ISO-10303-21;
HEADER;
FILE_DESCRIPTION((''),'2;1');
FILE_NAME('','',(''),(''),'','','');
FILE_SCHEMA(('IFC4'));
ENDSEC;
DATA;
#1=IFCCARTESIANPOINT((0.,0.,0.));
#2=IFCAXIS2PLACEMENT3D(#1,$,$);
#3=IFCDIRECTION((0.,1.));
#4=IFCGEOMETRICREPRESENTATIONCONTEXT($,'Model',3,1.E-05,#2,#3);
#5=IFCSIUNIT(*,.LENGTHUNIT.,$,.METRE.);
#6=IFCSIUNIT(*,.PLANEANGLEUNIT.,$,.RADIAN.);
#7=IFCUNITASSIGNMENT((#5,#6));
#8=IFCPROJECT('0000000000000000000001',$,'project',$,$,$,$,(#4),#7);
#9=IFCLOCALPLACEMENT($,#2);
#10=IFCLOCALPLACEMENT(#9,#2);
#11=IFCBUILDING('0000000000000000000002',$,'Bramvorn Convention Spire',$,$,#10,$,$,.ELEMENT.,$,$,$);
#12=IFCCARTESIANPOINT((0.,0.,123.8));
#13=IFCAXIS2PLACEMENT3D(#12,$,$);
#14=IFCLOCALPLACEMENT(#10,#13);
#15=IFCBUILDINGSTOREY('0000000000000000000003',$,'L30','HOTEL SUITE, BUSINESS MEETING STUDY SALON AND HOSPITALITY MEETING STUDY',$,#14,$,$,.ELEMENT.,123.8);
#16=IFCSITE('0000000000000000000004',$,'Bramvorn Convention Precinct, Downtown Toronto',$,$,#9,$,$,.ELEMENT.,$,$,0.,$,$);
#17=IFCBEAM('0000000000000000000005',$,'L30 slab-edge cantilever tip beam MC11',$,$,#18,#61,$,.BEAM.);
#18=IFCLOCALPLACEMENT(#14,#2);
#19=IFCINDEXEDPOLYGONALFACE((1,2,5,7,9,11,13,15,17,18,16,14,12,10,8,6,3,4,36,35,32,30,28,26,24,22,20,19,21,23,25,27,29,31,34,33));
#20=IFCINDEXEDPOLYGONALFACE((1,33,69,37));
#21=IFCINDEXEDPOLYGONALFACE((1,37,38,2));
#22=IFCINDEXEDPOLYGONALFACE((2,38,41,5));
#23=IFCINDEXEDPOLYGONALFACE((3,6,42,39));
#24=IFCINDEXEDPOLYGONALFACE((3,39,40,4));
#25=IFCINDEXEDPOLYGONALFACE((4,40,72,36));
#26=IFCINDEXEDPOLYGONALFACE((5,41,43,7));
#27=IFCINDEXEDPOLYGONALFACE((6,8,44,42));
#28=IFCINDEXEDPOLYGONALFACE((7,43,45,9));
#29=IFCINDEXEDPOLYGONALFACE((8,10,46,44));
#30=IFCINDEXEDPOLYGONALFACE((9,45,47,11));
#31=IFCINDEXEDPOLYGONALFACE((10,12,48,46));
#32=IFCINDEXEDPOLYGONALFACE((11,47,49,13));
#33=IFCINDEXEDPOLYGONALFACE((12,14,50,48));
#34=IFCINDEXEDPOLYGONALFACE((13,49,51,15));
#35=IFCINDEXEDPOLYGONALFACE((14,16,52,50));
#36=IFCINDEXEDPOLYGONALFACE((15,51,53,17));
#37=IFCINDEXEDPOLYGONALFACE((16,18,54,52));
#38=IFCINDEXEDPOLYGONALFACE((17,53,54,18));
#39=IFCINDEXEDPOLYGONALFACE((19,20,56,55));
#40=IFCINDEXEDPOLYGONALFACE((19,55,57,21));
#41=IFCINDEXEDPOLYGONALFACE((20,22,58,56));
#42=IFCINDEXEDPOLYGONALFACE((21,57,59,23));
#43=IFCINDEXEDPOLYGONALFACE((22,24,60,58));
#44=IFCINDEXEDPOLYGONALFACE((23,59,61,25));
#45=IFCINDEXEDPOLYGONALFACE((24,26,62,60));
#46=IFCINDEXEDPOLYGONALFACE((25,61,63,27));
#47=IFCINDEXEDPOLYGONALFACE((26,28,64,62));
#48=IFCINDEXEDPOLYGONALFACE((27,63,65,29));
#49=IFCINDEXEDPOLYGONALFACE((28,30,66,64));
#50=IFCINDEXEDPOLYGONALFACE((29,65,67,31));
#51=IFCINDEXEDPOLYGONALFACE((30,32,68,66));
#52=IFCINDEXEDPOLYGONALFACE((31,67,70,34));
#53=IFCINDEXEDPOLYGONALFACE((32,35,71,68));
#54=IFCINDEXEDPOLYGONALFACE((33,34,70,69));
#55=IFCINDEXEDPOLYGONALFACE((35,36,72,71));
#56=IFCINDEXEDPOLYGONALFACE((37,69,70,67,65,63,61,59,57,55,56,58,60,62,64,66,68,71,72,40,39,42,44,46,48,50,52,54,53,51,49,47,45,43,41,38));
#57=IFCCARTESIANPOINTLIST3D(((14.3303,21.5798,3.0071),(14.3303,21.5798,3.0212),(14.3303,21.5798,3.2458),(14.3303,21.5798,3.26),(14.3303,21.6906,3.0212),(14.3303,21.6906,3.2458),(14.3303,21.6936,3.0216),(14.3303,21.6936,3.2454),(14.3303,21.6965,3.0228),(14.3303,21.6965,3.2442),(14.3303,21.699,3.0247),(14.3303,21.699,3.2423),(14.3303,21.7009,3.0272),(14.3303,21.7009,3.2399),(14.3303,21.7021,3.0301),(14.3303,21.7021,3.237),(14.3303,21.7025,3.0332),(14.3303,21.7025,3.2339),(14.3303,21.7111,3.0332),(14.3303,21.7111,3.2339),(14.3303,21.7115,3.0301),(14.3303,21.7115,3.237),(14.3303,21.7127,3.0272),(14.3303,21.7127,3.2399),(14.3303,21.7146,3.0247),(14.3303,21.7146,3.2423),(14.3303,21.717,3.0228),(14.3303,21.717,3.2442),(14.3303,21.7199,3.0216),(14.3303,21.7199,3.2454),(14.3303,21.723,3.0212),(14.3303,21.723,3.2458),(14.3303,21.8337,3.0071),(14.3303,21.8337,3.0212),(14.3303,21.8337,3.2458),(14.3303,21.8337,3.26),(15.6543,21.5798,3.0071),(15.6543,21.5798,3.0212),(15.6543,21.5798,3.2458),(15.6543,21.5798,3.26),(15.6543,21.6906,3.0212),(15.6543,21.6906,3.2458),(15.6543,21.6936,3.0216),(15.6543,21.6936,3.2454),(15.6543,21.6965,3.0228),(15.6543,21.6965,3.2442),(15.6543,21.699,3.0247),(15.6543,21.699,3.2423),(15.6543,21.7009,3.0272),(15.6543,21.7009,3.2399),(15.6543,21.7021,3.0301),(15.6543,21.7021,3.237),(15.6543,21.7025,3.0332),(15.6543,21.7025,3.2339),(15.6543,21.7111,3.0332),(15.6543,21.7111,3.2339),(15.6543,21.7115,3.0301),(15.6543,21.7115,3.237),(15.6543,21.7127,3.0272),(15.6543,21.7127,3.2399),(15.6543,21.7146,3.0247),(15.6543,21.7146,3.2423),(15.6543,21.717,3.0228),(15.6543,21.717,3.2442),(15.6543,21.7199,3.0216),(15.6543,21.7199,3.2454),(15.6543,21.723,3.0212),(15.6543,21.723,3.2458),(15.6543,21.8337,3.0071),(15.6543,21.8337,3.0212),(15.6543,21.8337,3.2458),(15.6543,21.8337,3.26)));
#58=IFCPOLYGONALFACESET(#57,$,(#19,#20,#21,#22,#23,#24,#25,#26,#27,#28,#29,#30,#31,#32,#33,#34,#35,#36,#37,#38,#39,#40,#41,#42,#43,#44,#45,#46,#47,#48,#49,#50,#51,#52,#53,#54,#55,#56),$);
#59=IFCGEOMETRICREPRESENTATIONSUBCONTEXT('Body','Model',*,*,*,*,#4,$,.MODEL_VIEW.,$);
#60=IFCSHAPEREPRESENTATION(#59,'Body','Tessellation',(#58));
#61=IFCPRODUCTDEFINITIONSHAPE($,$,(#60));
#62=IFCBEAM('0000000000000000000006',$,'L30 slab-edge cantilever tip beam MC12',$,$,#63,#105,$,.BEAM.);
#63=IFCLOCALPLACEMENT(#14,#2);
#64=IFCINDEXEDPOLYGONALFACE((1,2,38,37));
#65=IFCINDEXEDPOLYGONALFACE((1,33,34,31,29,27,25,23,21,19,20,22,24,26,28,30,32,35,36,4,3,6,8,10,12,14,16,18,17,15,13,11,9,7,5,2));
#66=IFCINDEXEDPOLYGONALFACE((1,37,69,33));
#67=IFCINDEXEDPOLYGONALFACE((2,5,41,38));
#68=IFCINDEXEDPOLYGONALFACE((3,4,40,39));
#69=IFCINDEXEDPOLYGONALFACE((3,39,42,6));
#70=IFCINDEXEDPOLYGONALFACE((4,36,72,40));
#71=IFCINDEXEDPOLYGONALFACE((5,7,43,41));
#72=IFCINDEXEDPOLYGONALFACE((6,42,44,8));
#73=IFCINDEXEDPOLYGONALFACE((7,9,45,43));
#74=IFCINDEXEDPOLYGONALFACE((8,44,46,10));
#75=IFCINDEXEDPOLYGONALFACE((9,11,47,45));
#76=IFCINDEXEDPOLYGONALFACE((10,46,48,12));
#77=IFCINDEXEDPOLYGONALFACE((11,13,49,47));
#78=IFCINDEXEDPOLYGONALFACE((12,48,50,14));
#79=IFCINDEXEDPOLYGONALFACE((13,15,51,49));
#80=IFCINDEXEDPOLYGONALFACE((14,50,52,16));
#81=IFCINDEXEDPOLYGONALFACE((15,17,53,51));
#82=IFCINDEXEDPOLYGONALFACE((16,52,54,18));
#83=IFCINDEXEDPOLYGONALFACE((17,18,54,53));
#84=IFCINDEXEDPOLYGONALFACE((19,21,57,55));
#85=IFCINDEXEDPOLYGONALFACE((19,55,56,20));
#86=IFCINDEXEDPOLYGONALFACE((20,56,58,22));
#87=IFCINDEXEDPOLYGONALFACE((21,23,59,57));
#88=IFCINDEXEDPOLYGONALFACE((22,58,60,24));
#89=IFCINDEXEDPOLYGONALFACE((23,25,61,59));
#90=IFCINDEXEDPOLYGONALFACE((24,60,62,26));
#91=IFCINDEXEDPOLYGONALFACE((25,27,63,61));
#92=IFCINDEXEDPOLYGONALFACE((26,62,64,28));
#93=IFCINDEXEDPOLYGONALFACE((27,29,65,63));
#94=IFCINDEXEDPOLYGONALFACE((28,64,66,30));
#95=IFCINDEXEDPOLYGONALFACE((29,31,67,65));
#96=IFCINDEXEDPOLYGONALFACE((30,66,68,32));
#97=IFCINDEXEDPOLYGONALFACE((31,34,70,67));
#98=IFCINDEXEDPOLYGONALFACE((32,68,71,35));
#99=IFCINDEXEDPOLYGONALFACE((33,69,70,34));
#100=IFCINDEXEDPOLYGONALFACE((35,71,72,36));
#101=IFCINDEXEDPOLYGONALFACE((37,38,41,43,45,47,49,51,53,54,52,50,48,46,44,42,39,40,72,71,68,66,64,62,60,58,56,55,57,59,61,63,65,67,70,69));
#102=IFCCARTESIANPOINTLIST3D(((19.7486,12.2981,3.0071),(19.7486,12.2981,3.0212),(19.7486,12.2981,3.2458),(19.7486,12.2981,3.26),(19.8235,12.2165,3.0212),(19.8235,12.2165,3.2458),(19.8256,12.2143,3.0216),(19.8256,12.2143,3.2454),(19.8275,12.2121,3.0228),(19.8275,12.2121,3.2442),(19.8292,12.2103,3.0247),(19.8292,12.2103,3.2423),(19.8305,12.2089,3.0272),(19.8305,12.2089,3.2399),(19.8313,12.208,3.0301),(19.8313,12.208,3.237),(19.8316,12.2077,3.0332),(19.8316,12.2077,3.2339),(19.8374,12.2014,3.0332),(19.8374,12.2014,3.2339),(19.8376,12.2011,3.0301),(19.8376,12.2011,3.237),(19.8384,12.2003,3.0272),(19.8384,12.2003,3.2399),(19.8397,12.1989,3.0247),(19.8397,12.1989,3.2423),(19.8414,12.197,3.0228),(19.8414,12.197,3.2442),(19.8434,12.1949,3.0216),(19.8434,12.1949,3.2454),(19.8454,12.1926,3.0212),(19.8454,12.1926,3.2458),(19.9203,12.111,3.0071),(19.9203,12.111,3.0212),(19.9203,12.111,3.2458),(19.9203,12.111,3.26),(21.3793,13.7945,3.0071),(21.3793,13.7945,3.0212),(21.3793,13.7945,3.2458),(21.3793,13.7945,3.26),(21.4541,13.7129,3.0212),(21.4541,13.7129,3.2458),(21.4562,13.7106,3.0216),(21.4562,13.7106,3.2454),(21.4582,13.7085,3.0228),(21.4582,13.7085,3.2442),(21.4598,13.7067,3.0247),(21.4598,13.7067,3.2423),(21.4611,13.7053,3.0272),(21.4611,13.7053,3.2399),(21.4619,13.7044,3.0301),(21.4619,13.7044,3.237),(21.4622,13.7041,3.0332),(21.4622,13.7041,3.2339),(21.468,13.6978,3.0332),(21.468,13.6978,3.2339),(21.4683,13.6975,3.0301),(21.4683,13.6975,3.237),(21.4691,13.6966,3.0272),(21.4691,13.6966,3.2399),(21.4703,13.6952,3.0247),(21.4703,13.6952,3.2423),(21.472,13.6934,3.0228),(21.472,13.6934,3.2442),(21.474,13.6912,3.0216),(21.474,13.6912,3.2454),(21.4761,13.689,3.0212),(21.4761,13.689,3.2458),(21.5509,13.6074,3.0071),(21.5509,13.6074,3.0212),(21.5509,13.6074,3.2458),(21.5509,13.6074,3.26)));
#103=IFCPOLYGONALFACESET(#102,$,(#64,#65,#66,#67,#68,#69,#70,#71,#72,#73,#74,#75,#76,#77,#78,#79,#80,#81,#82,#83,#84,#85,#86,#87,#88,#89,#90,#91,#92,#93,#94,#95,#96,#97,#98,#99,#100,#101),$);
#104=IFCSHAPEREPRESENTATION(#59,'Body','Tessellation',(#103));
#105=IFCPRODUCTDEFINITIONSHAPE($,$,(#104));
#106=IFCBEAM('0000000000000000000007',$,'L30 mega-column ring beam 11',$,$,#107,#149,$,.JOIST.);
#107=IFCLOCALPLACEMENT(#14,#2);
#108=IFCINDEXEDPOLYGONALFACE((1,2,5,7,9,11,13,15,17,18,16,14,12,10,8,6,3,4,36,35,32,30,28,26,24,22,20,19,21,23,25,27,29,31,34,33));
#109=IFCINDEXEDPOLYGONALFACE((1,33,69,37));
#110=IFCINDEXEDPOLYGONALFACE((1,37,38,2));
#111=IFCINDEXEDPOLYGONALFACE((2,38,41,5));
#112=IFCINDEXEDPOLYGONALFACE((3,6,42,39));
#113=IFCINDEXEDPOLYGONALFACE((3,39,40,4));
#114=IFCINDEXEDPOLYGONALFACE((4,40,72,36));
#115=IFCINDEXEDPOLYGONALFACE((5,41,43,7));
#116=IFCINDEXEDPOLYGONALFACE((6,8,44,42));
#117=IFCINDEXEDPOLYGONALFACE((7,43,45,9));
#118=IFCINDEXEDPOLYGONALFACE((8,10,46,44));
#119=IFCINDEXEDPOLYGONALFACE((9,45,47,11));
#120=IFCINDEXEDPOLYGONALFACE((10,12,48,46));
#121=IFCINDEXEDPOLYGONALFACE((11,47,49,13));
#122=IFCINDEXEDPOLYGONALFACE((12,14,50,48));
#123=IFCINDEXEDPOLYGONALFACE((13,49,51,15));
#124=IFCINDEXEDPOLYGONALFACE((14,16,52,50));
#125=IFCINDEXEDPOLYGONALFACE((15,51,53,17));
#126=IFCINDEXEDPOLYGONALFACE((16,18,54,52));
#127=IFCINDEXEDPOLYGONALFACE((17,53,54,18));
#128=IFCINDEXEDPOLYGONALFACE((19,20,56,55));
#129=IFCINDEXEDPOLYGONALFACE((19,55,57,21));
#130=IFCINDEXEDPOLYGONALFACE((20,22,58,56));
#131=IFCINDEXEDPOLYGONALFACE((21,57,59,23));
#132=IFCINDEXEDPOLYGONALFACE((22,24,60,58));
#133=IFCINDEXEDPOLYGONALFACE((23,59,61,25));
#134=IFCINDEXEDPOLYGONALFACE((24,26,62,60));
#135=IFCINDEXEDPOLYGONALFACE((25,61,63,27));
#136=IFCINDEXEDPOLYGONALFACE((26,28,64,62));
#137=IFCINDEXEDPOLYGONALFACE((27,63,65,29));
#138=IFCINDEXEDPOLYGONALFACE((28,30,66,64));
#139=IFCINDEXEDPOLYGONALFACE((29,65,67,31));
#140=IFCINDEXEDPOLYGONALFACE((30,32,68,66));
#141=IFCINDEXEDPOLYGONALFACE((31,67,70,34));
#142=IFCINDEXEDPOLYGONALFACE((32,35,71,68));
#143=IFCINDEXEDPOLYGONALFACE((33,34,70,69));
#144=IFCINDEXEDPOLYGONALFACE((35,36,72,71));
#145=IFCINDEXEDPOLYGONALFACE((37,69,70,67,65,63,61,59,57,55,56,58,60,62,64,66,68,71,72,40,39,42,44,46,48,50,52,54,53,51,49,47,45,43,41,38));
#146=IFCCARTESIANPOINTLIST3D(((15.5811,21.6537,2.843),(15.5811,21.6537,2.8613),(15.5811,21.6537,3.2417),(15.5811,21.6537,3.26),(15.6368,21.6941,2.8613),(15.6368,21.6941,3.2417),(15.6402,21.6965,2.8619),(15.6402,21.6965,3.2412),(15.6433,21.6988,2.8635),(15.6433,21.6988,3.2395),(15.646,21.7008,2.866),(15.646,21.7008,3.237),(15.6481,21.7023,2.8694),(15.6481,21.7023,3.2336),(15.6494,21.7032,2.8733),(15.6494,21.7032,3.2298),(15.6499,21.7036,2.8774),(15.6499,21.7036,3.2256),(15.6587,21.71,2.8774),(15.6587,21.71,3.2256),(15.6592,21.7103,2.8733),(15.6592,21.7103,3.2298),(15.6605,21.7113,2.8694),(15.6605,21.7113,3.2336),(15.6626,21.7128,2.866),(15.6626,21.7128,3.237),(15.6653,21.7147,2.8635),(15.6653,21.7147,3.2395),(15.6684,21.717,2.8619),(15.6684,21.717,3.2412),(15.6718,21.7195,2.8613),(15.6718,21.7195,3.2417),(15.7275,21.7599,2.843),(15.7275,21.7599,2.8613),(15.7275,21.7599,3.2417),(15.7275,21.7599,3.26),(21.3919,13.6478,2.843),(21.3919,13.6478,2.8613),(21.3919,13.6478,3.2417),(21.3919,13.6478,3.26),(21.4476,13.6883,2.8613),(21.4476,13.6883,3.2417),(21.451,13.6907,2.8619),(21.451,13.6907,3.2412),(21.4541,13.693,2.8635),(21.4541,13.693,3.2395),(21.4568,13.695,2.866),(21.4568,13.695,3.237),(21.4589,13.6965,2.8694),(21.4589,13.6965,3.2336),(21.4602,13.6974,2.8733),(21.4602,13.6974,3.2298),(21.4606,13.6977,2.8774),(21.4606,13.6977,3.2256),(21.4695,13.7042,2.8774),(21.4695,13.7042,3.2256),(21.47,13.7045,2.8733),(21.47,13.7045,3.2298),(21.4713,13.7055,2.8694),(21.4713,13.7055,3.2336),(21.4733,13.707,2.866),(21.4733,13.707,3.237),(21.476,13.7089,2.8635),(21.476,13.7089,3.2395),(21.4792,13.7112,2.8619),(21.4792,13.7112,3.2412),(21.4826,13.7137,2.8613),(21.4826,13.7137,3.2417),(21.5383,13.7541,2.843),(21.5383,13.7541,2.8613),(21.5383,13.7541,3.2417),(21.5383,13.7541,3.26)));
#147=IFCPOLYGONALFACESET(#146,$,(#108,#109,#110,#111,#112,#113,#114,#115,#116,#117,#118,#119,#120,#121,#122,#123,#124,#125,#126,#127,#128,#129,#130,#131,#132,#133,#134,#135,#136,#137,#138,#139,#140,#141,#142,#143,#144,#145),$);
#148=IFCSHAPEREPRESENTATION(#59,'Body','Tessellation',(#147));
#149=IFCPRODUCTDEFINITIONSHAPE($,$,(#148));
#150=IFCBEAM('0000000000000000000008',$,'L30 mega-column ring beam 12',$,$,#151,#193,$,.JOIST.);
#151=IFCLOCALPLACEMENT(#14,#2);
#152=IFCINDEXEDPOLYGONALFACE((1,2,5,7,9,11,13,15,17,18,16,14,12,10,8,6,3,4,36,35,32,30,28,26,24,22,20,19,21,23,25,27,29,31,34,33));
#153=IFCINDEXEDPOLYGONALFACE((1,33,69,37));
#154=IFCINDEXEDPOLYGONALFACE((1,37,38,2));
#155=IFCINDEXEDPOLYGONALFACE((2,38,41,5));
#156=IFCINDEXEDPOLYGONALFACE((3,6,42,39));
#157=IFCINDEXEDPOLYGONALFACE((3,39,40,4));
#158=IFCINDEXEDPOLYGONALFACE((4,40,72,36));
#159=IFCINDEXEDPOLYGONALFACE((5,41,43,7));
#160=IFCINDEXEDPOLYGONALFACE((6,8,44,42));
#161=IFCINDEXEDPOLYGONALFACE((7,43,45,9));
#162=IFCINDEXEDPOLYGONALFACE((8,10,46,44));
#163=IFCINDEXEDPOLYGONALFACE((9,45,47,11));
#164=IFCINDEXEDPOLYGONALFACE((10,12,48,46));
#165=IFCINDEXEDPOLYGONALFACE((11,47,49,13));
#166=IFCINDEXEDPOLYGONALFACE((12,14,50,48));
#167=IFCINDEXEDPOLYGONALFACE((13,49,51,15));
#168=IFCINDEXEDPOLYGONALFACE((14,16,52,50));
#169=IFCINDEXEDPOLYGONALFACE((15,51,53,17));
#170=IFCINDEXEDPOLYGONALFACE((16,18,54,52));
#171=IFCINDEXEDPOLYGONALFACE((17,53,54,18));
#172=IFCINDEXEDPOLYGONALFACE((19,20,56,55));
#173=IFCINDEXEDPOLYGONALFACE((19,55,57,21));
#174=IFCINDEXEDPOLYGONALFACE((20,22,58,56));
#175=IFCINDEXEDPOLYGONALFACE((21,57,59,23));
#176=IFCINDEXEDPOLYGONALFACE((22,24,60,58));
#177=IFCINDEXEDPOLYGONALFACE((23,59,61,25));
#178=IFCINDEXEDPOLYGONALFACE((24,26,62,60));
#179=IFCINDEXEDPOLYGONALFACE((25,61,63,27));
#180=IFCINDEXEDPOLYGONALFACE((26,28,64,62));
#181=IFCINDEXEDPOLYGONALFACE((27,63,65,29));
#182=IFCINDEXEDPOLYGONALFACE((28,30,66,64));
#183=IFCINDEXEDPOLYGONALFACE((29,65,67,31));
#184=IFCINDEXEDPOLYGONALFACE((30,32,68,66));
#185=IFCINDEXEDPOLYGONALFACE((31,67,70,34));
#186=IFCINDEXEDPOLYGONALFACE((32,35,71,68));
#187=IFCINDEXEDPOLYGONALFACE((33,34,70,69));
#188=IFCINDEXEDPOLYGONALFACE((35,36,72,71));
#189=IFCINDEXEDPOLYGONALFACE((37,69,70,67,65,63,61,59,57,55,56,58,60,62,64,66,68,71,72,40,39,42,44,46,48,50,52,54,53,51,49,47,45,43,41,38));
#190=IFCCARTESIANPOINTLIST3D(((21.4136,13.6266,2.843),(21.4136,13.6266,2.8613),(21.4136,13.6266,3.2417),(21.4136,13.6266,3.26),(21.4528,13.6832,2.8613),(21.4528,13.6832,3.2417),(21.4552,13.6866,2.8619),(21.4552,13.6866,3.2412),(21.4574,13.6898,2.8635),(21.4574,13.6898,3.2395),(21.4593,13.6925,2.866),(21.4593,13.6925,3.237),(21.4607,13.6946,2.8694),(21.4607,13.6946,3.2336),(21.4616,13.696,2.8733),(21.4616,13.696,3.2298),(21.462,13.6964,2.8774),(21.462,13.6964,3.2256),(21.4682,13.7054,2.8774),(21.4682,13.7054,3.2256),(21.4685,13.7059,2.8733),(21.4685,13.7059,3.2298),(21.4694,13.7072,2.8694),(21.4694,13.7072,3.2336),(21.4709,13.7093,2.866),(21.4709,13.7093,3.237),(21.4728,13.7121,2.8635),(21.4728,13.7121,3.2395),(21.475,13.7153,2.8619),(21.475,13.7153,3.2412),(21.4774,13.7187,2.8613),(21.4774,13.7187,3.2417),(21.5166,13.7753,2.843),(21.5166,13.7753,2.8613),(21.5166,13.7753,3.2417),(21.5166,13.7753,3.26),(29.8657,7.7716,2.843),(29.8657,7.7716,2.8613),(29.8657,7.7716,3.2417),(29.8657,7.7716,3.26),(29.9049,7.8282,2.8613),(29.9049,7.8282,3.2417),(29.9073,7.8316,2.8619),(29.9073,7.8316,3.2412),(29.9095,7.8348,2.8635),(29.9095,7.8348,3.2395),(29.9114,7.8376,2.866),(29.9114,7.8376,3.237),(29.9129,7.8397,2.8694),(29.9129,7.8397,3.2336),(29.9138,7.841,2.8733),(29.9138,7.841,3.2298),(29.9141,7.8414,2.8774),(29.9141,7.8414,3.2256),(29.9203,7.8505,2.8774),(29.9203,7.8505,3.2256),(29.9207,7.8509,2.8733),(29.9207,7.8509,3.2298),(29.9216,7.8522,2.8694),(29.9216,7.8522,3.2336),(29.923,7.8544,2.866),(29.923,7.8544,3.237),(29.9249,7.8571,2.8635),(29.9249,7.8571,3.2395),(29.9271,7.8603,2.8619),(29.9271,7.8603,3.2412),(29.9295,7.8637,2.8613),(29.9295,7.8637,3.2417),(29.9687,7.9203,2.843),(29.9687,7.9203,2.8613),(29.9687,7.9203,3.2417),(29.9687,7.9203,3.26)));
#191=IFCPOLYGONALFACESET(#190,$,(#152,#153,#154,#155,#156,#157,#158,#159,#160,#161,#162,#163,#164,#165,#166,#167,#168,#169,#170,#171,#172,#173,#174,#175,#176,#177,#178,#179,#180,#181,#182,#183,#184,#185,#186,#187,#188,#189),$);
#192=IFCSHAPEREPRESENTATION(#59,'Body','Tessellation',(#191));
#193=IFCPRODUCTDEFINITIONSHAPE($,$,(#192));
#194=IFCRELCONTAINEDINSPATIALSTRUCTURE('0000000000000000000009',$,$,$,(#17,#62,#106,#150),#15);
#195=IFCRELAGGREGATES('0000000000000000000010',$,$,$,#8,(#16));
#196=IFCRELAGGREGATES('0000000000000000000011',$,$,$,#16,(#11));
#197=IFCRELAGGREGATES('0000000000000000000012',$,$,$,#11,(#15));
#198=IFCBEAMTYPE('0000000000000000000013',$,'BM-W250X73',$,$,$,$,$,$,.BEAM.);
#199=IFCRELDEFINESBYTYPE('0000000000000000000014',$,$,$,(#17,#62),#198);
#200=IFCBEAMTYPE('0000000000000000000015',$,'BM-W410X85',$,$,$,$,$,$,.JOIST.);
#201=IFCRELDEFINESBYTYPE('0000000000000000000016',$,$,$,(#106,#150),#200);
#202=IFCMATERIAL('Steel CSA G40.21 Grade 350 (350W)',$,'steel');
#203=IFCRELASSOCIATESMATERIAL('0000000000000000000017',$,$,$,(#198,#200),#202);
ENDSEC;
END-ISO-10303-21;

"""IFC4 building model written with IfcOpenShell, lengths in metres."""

from ifc_helpers import new_model, si_unit, direction, frame, origin, origin_2d, place, context, subcontext, project, spatial, i_section, extrude, material, material_profile, profile_set, type_object, element, save


model = new_model("IFC4")

# Units and contexts
model_context = context("Model", 3, precision=1e-05, world=origin(), true_north=direction((0.0, 1.0)))
body_context = subcontext(model_context, "Body", "Model", "MODEL_VIEW")
ifc_project = project(units=[si_unit("LENGTHUNIT", "METRE"), si_unit("PLANEANGLEUNIT", "RADIAN")], contexts=[model_context])

# Site, building, storey
site_placement = place(None, origin())
site = spatial("IfcSite", under=ifc_project, at=site_placement, Name="Bramvorn Convention Precinct, Downtown Toronto", CompositionType="ELEMENT", RefElevation=0.0)
building_placement = place(site_placement, origin())
building = spatial("IfcBuilding", under=site, at=building_placement, Name="Bramvorn Convention Spire", CompositionType="ELEMENT")
storey_placement = place(building_placement, frame((0.0, 0.0, 123.8)))
storey = spatial("IfcBuildingStorey", under=building, at=storey_placement, Name="L30", Description="HOTEL SUITE, BUSINESS MEETING STUDY SALON AND HOSPITALITY MEETING STUDY", CompositionType="ELEMENT", Elevation=123.8)

# Shared definitions
ifc_material_1 = material(Name="Steel CSA G40.21 Grade 350 (350W)", Category="steel")

# Beams
ifc_material_profile_1 = material_profile(ifc_material_1, i_section(OverallWidth=0.2539, OverallDepth=0.2529, WebThickness=0.0085, FlangeThickness=0.0142, FilletRadius=0.012, at=origin_2d()))
ifc_profile_set_1 = profile_set([ifc_material_profile_1], Name="Steel CSA G40.21 Grade 350 (350W) - W250X73")
beam_type_1 = type_object("IfcBeamType", Name="BM-W250X73", PredefinedType="BEAM", material=ifc_profile_set_1)
beam_1_placement = place(storey_placement, frame((15.6543, 21.7068, 3.1335), z_axis=(-1.0, 0.0, 0.0), x_axis=(0.0, -1.0, 0.0)))
element("IfcBeam", 1, at=beam_1_placement, inside=storey, type_object=beam_type_1, Name="L30 slab-edge cantilever tip beam MC11", PredefinedType="BEAM", context=body_context, shape_type="SweptSolid", body=[
    extrude(i_section(OverallWidth=0.2539, OverallDepth=0.2529, WebThickness=0.0085, FlangeThickness=0.0142, FilletRadius=0.012, at=origin_2d()), origin(), (0.0, 0.0, 1.0), 1.324),
])
beam_2_placement = place(storey_placement, frame((21.4651, 13.7009, 3.1335), z_axis=(-0.736792, -0.676119, 0.0), x_axis=(0.676119, -0.736792, 0.0)))
element("IfcBeam", 2, at=beam_2_placement, inside=storey, type_object=beam_type_1, Name="L30 slab-edge cantilever tip beam MC12", PredefinedType="BEAM", context=body_context, shape_type="SweptSolid", body=[
    extrude(i_section(OverallWidth=0.2539, OverallDepth=0.2529, WebThickness=0.0085, FlangeThickness=0.0142, FilletRadius=0.012, at=origin_2d()), origin(), (0.0, 0.0, 1.0), 2.2131),
])
ifc_material_profile_2 = material_profile(ifc_material_1, i_section(OverallWidth=0.1809, OverallDepth=0.417, WebThickness=0.011, FlangeThickness=0.0183, FilletRadius=0.0161, at=origin_2d()))
ifc_profile_set_2 = profile_set([ifc_material_profile_2], Name="Steel CSA G40.21 Grade 350 (350W) - W410X85")
beam_type_2 = type_object("IfcBeamType", Name="BM-W410X85", PredefinedType="JOIST", material=ifc_profile_set_2)
beam_3_placement = place(storey_placement, frame((15.6543, 21.7068, 3.0515), z_axis=(0.587401, -0.809296, 0.0), x_axis=(0.809296, 0.587401, 0.0)))
element("IfcBeam", 3, at=beam_3_placement, inside=storey, type_object=beam_type_2, Name="L30 mega-column ring beam 11", PredefinedType="JOIST", context=body_context, shape_type="SweptSolid", body=[
    extrude(i_section(OverallWidth=0.1809, OverallDepth=0.417, WebThickness=0.011, FlangeThickness=0.0183, FilletRadius=0.0161, at=origin_2d()), origin(), (0.0, 0.0, 1.0), 9.8923),
])
beam_4_placement = place(storey_placement, frame((21.4651, 13.7009, 3.0515), z_axis=(0.822033, -0.56944, 0.0), x_axis=(0.56944, 0.822033, 0.0)))
element("IfcBeam", 4, at=beam_4_placement, inside=storey, type_object=beam_type_2, Name="L30 mega-column ring beam 12", PredefinedType="JOIST", context=body_context, shape_type="SweptSolid", body=[
    extrude(i_section(OverallWidth=0.1809, OverallDepth=0.417, WebThickness=0.011, FlangeThickness=0.0183, FilletRadius=0.0161, at=origin_2d()), origin(), (0.0, 0.0, 1.0), 10.282),
])

save(model, "model.ifc")
